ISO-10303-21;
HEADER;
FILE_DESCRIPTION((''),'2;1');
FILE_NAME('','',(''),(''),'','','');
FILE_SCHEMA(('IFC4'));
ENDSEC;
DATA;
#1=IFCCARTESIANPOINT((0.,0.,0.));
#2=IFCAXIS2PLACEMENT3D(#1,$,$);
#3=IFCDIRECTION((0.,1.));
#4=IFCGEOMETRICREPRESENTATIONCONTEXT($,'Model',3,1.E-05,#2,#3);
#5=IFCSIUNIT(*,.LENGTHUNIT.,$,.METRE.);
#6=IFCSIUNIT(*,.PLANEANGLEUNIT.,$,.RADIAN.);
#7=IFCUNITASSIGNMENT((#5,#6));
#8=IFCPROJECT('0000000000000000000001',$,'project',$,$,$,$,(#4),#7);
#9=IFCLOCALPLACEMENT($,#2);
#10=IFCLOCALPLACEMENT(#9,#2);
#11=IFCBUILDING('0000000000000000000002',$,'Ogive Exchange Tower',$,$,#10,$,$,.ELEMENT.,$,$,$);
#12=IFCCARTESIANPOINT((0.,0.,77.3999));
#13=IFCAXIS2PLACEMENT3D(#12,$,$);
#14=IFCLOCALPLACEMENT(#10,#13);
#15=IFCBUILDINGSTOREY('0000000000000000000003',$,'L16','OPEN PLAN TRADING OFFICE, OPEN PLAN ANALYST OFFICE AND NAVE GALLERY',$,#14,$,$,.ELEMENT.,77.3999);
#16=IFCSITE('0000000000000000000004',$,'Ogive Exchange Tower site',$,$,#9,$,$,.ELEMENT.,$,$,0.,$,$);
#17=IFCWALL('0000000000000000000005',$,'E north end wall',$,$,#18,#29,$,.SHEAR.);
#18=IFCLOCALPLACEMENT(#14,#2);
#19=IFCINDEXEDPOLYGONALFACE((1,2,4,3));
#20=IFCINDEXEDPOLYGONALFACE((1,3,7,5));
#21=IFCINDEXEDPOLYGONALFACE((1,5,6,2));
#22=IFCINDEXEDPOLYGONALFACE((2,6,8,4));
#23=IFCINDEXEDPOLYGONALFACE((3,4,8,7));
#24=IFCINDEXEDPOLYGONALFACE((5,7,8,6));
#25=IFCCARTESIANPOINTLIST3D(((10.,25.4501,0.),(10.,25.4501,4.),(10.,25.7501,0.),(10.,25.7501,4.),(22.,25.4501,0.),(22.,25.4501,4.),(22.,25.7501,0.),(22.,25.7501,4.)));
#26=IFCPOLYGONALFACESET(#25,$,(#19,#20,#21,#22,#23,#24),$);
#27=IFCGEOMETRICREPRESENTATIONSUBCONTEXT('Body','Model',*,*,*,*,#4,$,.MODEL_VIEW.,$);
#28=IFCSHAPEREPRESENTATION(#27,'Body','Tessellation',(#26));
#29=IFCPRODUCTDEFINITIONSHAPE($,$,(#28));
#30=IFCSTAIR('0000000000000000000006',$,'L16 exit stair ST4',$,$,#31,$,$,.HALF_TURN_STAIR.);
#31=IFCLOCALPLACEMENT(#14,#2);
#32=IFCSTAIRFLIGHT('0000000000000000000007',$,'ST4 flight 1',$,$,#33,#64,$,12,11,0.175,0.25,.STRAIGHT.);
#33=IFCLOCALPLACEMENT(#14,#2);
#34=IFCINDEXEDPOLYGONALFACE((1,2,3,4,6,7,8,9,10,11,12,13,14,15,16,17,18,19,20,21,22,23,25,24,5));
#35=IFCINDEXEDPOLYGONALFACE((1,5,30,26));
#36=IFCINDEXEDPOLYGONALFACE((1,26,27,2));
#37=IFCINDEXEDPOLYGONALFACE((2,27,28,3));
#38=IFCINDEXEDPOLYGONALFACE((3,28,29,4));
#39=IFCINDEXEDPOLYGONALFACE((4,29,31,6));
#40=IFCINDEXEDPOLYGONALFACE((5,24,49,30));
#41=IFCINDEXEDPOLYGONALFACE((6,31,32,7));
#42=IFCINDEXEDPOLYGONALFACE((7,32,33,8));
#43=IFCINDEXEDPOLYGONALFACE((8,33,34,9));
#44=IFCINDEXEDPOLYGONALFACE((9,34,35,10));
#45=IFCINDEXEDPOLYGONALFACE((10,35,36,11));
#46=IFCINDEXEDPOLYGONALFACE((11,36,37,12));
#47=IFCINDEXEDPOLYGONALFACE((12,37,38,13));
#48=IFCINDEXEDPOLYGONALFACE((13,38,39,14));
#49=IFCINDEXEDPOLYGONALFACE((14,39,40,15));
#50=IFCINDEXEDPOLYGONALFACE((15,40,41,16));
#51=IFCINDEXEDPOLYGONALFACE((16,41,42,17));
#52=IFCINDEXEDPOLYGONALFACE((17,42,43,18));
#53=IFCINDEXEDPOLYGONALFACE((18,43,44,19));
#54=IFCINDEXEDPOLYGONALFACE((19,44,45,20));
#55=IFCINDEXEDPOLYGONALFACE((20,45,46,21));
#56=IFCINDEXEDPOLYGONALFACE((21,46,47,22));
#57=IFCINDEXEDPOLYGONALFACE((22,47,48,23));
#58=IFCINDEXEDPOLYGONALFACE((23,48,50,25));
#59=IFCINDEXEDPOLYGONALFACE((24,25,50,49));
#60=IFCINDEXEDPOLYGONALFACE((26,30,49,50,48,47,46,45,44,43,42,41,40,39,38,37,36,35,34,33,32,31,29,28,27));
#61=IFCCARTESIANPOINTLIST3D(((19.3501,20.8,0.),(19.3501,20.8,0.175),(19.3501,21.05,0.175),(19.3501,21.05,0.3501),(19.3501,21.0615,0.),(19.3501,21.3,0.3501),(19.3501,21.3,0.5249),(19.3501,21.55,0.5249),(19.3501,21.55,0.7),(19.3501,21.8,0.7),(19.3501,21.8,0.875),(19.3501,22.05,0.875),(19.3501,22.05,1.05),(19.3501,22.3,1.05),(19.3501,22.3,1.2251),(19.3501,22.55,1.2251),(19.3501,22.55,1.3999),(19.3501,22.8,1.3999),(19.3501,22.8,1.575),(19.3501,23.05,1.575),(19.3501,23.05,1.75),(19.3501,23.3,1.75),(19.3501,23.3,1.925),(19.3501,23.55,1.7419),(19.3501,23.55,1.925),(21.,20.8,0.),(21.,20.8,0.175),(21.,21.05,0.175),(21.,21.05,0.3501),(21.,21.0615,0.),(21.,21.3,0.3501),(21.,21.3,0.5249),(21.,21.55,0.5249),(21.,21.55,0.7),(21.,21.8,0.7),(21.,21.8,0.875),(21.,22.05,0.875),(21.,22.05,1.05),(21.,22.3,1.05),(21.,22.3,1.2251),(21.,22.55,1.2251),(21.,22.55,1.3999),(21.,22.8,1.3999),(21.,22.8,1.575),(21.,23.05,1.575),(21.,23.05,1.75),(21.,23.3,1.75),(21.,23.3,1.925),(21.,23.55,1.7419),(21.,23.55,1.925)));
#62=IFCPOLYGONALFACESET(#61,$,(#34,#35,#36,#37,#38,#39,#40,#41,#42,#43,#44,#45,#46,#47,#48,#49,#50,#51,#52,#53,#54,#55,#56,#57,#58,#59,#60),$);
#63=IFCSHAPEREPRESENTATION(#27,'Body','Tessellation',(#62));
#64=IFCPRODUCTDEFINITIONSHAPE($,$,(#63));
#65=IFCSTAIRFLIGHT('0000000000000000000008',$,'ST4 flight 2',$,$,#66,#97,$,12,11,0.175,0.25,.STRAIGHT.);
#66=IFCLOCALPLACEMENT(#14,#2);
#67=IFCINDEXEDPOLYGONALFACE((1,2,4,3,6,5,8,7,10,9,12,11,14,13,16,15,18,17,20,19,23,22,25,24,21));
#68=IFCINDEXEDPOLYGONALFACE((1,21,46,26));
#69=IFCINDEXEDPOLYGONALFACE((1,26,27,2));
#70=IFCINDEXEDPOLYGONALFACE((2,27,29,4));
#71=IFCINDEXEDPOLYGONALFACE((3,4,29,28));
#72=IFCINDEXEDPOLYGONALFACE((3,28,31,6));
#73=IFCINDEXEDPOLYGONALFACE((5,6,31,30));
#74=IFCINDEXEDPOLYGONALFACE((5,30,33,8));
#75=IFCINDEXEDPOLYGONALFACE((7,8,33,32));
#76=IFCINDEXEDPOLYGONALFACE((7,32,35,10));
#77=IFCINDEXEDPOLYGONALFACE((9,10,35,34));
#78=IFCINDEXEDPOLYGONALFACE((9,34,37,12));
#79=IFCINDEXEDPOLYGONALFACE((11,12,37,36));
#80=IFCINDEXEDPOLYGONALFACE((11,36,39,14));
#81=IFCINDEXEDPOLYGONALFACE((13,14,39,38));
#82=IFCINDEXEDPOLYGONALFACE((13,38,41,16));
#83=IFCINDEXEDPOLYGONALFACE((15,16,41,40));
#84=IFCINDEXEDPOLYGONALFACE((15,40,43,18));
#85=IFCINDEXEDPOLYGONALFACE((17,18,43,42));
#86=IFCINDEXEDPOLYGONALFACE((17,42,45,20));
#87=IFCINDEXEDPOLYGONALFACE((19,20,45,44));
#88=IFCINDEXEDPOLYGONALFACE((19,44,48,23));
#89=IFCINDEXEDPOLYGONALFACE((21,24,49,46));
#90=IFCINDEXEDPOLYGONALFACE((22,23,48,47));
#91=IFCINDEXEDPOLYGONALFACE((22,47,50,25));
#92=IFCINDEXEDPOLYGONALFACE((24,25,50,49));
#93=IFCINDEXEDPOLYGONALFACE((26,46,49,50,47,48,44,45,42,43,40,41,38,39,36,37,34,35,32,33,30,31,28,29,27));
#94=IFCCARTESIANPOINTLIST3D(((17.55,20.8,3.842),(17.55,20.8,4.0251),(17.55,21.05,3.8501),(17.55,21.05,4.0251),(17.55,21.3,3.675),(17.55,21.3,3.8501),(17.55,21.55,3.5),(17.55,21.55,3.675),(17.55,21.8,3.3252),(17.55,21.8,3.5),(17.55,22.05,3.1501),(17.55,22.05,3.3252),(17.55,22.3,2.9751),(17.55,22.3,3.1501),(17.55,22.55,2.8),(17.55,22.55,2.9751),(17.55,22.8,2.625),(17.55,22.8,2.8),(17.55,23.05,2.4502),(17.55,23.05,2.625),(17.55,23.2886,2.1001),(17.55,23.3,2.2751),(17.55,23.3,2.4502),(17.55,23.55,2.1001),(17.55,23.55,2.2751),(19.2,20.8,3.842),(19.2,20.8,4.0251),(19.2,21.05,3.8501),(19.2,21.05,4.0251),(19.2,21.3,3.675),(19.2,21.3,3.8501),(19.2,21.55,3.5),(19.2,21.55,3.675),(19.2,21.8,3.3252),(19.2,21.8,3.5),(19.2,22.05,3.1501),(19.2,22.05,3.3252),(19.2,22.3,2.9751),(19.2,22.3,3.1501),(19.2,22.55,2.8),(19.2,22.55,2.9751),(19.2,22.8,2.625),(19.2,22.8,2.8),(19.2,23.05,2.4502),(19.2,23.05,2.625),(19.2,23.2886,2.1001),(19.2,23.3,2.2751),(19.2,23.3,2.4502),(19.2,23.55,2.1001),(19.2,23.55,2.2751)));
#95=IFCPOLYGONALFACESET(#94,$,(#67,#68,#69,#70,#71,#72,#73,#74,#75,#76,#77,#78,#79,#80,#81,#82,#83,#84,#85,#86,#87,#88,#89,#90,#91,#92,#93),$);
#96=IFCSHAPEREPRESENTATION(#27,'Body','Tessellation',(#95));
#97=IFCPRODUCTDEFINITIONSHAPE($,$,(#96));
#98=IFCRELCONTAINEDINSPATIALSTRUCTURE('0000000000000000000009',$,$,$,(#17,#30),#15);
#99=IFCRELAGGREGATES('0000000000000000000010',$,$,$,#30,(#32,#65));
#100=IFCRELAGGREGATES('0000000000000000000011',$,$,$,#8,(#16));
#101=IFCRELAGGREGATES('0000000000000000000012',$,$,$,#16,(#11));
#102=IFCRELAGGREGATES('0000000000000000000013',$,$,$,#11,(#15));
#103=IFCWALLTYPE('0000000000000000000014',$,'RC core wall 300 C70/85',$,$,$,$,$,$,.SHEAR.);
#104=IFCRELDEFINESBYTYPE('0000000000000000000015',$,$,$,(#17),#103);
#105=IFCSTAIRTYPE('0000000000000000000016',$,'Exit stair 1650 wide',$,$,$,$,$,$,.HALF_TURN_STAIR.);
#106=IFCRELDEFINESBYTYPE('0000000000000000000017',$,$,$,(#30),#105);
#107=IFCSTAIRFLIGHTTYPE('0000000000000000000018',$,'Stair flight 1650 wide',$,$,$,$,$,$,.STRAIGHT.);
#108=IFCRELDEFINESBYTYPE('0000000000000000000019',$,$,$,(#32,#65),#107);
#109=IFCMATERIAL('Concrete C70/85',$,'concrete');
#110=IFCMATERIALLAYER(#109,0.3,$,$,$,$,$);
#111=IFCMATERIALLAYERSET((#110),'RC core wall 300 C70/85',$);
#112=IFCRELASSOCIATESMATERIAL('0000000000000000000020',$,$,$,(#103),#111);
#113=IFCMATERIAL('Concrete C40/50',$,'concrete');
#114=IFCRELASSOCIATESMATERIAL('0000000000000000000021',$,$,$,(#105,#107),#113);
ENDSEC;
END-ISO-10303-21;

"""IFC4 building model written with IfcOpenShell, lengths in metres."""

from ifc_helpers import new_model, si_unit, direction, frame, frame_2d, origin, place, context, subcontext, project, spatial, polyline, rectangle, outline, extrude, material, layer, layer_set, type_object, element, aggregate, save


model = new_model("IFC4")

# Units and contexts
model_context = context("Model", 3, precision=1e-05, world=origin(), true_north=direction((0.0, 1.0)))
body_context = subcontext(model_context, "Body", "Model", "MODEL_VIEW")
ifc_project = project(units=[si_unit("LENGTHUNIT", "METRE"), si_unit("PLANEANGLEUNIT", "RADIAN")], contexts=[model_context])

# Site, building, storey
site_placement = place(None, origin())
site = spatial("IfcSite", under=ifc_project, at=site_placement, Name="Ogive Exchange Tower site", CompositionType="ELEMENT", RefElevation=0.0)
building_placement = place(site_placement, origin())
building = spatial("IfcBuilding", under=site, at=building_placement, Name="Ogive Exchange Tower", CompositionType="ELEMENT")
storey_placement = place(building_placement, frame((0.0, 0.0, 77.3999)))
storey = spatial("IfcBuildingStorey", under=building, at=storey_placement, Name="L16", Description="OPEN PLAN TRADING OFFICE, OPEN PLAN ANALYST OFFICE AND NAVE GALLERY", CompositionType="ELEMENT", Elevation=77.3999)

# Wall
ifc_material_1 = material(Name="Concrete C70/85", Category="concrete")
ifc_layer_1 = layer(ifc_material_1, 0.3)
ifc_layer_set_1 = layer_set([ifc_layer_1], Name="RC core wall 300 C70/85")
wall_type_1 = type_object("IfcWallType", Name="RC core wall 300 C70/85", PredefinedType="SHEAR", material=ifc_layer_set_1)
wall_1_placement = place(storey_placement, frame((10.0, 25.6001, 0.0), z_axis=(0.0, 0.0, 1.0), x_axis=(1.0, 0.0, 0.0)))
element("IfcWall", 1, at=wall_1_placement, inside=storey, type_object=wall_type_1, Name="E north end wall", PredefinedType="SHEAR", context=body_context, shape_type="SweptSolid", body=[
    extrude(rectangle(XDim=12.0, YDim=0.3, at=frame_2d((6.0, 0.0))), origin(), (0.0, 0.0, 1.0), 4.0),
])

# Stair, stair flights
ifc_material_2 = material(Name="Concrete C40/50", Category="concrete")
stair_type = type_object("IfcStairType", Name="Exit stair 1650 wide", PredefinedType="HALF_TURN_STAIR", material=ifc_material_2)
stair_placement = place(storey_placement, origin())
stair = element("IfcStair", 2, at=stair_placement, inside=storey, type_object=stair_type, Name="L16 exit stair ST4", PredefinedType="HALF_TURN_STAIR")
stair_flight_type = type_object("IfcStairFlightType", Name="Stair flight 1650 wide", PredefinedType="STRAIGHT", material=ifc_material_2)
stair_flight_1_placement = place(storey_placement, frame((20.175, 20.8, 0.0), z_axis=(0.0, 0.0, 1.0), x_axis=(0.0, 1.0, 0.0)))
stair_flight_1 = element("IfcStairFlight", 3, at=stair_flight_1_placement, type_object=stair_flight_type, Name="ST4 flight 1", NumberOfRisers=12, NumberOfTreads=11, PredefinedType="STRAIGHT", RiserHeight=0.175, TreadLength=0.25, context=body_context, shape_type="SweptSolid", body=[
    extrude(outline(polyline([(0.0, 0.0), (0.0, 0.175), (0.25, 0.175), (0.25, 0.3501), (0.5, 0.3501), (0.5, 0.5249), (0.75, 0.5249), (0.75, 0.7), (1.0, 0.7), (1.0, 0.875), (1.25, 0.875), (1.25, 1.05), (1.5, 1.05), (1.5, 1.2251), (1.75, 1.2251), (1.75, 1.3999), (2.0, 1.3999), (2.0, 1.575), (2.25, 1.575), (2.25, 1.75), (2.5, 1.75), (2.5, 1.925), (2.75, 1.925), (2.75, 2.1001), (2.75, 1.7419), (0.2615, 0.0), (0.0, 0.0)])), frame((0.0, 0.825, 0.0), z_axis=(0.0, -1.0, 0.0), x_axis=(1.0, 0.0, 0.0)), (0.0, 0.0, 1.0), 1.6499),
])
stair_flight_2_placement = place(storey_placement, frame((18.375, 23.55, 2.1001), z_axis=(0.0, 0.0, 1.0), x_axis=(0.0, -1.0, 0.0)))
stair_flight_2 = element("IfcStairFlight", 4, at=stair_flight_2_placement, type_object=stair_flight_type, Name="ST4 flight 2", NumberOfRisers=12, NumberOfTreads=11, PredefinedType="STRAIGHT", RiserHeight=0.175, TreadLength=0.25, context=body_context, shape_type="SweptSolid", body=[
    extrude(outline(polyline([(0.0, 0.0), (0.0, 0.175), (0.25, 0.175), (0.25, 0.3501), (0.5, 0.3501), (0.5, 0.5249), (0.75, 0.5249), (0.75, 0.7), (1.0, 0.7), (1.0, 0.875), (1.25, 0.875), (1.25, 1.05), (1.5, 1.05), (1.5, 1.2251), (1.75, 1.2251), (1.75, 1.3999), (2.0, 1.3999), (2.0, 1.575), (2.25, 1.575), (2.25, 1.75), (2.5, 1.75), (2.5, 1.925), (2.75, 1.925), (2.75, 2.1001), (2.75, 1.7419), (0.2615, 0.0), (0.0, 0.0)])), frame((0.0, 0.825, 0.0), z_axis=(0.0, -1.0, 0.0), x_axis=(1.0, 0.0, 0.0)), (0.0, 0.0, 1.0), 1.6499),
])
aggregate(stair, [stair_flight_1, stair_flight_2])

save(model, "model.ifc")
